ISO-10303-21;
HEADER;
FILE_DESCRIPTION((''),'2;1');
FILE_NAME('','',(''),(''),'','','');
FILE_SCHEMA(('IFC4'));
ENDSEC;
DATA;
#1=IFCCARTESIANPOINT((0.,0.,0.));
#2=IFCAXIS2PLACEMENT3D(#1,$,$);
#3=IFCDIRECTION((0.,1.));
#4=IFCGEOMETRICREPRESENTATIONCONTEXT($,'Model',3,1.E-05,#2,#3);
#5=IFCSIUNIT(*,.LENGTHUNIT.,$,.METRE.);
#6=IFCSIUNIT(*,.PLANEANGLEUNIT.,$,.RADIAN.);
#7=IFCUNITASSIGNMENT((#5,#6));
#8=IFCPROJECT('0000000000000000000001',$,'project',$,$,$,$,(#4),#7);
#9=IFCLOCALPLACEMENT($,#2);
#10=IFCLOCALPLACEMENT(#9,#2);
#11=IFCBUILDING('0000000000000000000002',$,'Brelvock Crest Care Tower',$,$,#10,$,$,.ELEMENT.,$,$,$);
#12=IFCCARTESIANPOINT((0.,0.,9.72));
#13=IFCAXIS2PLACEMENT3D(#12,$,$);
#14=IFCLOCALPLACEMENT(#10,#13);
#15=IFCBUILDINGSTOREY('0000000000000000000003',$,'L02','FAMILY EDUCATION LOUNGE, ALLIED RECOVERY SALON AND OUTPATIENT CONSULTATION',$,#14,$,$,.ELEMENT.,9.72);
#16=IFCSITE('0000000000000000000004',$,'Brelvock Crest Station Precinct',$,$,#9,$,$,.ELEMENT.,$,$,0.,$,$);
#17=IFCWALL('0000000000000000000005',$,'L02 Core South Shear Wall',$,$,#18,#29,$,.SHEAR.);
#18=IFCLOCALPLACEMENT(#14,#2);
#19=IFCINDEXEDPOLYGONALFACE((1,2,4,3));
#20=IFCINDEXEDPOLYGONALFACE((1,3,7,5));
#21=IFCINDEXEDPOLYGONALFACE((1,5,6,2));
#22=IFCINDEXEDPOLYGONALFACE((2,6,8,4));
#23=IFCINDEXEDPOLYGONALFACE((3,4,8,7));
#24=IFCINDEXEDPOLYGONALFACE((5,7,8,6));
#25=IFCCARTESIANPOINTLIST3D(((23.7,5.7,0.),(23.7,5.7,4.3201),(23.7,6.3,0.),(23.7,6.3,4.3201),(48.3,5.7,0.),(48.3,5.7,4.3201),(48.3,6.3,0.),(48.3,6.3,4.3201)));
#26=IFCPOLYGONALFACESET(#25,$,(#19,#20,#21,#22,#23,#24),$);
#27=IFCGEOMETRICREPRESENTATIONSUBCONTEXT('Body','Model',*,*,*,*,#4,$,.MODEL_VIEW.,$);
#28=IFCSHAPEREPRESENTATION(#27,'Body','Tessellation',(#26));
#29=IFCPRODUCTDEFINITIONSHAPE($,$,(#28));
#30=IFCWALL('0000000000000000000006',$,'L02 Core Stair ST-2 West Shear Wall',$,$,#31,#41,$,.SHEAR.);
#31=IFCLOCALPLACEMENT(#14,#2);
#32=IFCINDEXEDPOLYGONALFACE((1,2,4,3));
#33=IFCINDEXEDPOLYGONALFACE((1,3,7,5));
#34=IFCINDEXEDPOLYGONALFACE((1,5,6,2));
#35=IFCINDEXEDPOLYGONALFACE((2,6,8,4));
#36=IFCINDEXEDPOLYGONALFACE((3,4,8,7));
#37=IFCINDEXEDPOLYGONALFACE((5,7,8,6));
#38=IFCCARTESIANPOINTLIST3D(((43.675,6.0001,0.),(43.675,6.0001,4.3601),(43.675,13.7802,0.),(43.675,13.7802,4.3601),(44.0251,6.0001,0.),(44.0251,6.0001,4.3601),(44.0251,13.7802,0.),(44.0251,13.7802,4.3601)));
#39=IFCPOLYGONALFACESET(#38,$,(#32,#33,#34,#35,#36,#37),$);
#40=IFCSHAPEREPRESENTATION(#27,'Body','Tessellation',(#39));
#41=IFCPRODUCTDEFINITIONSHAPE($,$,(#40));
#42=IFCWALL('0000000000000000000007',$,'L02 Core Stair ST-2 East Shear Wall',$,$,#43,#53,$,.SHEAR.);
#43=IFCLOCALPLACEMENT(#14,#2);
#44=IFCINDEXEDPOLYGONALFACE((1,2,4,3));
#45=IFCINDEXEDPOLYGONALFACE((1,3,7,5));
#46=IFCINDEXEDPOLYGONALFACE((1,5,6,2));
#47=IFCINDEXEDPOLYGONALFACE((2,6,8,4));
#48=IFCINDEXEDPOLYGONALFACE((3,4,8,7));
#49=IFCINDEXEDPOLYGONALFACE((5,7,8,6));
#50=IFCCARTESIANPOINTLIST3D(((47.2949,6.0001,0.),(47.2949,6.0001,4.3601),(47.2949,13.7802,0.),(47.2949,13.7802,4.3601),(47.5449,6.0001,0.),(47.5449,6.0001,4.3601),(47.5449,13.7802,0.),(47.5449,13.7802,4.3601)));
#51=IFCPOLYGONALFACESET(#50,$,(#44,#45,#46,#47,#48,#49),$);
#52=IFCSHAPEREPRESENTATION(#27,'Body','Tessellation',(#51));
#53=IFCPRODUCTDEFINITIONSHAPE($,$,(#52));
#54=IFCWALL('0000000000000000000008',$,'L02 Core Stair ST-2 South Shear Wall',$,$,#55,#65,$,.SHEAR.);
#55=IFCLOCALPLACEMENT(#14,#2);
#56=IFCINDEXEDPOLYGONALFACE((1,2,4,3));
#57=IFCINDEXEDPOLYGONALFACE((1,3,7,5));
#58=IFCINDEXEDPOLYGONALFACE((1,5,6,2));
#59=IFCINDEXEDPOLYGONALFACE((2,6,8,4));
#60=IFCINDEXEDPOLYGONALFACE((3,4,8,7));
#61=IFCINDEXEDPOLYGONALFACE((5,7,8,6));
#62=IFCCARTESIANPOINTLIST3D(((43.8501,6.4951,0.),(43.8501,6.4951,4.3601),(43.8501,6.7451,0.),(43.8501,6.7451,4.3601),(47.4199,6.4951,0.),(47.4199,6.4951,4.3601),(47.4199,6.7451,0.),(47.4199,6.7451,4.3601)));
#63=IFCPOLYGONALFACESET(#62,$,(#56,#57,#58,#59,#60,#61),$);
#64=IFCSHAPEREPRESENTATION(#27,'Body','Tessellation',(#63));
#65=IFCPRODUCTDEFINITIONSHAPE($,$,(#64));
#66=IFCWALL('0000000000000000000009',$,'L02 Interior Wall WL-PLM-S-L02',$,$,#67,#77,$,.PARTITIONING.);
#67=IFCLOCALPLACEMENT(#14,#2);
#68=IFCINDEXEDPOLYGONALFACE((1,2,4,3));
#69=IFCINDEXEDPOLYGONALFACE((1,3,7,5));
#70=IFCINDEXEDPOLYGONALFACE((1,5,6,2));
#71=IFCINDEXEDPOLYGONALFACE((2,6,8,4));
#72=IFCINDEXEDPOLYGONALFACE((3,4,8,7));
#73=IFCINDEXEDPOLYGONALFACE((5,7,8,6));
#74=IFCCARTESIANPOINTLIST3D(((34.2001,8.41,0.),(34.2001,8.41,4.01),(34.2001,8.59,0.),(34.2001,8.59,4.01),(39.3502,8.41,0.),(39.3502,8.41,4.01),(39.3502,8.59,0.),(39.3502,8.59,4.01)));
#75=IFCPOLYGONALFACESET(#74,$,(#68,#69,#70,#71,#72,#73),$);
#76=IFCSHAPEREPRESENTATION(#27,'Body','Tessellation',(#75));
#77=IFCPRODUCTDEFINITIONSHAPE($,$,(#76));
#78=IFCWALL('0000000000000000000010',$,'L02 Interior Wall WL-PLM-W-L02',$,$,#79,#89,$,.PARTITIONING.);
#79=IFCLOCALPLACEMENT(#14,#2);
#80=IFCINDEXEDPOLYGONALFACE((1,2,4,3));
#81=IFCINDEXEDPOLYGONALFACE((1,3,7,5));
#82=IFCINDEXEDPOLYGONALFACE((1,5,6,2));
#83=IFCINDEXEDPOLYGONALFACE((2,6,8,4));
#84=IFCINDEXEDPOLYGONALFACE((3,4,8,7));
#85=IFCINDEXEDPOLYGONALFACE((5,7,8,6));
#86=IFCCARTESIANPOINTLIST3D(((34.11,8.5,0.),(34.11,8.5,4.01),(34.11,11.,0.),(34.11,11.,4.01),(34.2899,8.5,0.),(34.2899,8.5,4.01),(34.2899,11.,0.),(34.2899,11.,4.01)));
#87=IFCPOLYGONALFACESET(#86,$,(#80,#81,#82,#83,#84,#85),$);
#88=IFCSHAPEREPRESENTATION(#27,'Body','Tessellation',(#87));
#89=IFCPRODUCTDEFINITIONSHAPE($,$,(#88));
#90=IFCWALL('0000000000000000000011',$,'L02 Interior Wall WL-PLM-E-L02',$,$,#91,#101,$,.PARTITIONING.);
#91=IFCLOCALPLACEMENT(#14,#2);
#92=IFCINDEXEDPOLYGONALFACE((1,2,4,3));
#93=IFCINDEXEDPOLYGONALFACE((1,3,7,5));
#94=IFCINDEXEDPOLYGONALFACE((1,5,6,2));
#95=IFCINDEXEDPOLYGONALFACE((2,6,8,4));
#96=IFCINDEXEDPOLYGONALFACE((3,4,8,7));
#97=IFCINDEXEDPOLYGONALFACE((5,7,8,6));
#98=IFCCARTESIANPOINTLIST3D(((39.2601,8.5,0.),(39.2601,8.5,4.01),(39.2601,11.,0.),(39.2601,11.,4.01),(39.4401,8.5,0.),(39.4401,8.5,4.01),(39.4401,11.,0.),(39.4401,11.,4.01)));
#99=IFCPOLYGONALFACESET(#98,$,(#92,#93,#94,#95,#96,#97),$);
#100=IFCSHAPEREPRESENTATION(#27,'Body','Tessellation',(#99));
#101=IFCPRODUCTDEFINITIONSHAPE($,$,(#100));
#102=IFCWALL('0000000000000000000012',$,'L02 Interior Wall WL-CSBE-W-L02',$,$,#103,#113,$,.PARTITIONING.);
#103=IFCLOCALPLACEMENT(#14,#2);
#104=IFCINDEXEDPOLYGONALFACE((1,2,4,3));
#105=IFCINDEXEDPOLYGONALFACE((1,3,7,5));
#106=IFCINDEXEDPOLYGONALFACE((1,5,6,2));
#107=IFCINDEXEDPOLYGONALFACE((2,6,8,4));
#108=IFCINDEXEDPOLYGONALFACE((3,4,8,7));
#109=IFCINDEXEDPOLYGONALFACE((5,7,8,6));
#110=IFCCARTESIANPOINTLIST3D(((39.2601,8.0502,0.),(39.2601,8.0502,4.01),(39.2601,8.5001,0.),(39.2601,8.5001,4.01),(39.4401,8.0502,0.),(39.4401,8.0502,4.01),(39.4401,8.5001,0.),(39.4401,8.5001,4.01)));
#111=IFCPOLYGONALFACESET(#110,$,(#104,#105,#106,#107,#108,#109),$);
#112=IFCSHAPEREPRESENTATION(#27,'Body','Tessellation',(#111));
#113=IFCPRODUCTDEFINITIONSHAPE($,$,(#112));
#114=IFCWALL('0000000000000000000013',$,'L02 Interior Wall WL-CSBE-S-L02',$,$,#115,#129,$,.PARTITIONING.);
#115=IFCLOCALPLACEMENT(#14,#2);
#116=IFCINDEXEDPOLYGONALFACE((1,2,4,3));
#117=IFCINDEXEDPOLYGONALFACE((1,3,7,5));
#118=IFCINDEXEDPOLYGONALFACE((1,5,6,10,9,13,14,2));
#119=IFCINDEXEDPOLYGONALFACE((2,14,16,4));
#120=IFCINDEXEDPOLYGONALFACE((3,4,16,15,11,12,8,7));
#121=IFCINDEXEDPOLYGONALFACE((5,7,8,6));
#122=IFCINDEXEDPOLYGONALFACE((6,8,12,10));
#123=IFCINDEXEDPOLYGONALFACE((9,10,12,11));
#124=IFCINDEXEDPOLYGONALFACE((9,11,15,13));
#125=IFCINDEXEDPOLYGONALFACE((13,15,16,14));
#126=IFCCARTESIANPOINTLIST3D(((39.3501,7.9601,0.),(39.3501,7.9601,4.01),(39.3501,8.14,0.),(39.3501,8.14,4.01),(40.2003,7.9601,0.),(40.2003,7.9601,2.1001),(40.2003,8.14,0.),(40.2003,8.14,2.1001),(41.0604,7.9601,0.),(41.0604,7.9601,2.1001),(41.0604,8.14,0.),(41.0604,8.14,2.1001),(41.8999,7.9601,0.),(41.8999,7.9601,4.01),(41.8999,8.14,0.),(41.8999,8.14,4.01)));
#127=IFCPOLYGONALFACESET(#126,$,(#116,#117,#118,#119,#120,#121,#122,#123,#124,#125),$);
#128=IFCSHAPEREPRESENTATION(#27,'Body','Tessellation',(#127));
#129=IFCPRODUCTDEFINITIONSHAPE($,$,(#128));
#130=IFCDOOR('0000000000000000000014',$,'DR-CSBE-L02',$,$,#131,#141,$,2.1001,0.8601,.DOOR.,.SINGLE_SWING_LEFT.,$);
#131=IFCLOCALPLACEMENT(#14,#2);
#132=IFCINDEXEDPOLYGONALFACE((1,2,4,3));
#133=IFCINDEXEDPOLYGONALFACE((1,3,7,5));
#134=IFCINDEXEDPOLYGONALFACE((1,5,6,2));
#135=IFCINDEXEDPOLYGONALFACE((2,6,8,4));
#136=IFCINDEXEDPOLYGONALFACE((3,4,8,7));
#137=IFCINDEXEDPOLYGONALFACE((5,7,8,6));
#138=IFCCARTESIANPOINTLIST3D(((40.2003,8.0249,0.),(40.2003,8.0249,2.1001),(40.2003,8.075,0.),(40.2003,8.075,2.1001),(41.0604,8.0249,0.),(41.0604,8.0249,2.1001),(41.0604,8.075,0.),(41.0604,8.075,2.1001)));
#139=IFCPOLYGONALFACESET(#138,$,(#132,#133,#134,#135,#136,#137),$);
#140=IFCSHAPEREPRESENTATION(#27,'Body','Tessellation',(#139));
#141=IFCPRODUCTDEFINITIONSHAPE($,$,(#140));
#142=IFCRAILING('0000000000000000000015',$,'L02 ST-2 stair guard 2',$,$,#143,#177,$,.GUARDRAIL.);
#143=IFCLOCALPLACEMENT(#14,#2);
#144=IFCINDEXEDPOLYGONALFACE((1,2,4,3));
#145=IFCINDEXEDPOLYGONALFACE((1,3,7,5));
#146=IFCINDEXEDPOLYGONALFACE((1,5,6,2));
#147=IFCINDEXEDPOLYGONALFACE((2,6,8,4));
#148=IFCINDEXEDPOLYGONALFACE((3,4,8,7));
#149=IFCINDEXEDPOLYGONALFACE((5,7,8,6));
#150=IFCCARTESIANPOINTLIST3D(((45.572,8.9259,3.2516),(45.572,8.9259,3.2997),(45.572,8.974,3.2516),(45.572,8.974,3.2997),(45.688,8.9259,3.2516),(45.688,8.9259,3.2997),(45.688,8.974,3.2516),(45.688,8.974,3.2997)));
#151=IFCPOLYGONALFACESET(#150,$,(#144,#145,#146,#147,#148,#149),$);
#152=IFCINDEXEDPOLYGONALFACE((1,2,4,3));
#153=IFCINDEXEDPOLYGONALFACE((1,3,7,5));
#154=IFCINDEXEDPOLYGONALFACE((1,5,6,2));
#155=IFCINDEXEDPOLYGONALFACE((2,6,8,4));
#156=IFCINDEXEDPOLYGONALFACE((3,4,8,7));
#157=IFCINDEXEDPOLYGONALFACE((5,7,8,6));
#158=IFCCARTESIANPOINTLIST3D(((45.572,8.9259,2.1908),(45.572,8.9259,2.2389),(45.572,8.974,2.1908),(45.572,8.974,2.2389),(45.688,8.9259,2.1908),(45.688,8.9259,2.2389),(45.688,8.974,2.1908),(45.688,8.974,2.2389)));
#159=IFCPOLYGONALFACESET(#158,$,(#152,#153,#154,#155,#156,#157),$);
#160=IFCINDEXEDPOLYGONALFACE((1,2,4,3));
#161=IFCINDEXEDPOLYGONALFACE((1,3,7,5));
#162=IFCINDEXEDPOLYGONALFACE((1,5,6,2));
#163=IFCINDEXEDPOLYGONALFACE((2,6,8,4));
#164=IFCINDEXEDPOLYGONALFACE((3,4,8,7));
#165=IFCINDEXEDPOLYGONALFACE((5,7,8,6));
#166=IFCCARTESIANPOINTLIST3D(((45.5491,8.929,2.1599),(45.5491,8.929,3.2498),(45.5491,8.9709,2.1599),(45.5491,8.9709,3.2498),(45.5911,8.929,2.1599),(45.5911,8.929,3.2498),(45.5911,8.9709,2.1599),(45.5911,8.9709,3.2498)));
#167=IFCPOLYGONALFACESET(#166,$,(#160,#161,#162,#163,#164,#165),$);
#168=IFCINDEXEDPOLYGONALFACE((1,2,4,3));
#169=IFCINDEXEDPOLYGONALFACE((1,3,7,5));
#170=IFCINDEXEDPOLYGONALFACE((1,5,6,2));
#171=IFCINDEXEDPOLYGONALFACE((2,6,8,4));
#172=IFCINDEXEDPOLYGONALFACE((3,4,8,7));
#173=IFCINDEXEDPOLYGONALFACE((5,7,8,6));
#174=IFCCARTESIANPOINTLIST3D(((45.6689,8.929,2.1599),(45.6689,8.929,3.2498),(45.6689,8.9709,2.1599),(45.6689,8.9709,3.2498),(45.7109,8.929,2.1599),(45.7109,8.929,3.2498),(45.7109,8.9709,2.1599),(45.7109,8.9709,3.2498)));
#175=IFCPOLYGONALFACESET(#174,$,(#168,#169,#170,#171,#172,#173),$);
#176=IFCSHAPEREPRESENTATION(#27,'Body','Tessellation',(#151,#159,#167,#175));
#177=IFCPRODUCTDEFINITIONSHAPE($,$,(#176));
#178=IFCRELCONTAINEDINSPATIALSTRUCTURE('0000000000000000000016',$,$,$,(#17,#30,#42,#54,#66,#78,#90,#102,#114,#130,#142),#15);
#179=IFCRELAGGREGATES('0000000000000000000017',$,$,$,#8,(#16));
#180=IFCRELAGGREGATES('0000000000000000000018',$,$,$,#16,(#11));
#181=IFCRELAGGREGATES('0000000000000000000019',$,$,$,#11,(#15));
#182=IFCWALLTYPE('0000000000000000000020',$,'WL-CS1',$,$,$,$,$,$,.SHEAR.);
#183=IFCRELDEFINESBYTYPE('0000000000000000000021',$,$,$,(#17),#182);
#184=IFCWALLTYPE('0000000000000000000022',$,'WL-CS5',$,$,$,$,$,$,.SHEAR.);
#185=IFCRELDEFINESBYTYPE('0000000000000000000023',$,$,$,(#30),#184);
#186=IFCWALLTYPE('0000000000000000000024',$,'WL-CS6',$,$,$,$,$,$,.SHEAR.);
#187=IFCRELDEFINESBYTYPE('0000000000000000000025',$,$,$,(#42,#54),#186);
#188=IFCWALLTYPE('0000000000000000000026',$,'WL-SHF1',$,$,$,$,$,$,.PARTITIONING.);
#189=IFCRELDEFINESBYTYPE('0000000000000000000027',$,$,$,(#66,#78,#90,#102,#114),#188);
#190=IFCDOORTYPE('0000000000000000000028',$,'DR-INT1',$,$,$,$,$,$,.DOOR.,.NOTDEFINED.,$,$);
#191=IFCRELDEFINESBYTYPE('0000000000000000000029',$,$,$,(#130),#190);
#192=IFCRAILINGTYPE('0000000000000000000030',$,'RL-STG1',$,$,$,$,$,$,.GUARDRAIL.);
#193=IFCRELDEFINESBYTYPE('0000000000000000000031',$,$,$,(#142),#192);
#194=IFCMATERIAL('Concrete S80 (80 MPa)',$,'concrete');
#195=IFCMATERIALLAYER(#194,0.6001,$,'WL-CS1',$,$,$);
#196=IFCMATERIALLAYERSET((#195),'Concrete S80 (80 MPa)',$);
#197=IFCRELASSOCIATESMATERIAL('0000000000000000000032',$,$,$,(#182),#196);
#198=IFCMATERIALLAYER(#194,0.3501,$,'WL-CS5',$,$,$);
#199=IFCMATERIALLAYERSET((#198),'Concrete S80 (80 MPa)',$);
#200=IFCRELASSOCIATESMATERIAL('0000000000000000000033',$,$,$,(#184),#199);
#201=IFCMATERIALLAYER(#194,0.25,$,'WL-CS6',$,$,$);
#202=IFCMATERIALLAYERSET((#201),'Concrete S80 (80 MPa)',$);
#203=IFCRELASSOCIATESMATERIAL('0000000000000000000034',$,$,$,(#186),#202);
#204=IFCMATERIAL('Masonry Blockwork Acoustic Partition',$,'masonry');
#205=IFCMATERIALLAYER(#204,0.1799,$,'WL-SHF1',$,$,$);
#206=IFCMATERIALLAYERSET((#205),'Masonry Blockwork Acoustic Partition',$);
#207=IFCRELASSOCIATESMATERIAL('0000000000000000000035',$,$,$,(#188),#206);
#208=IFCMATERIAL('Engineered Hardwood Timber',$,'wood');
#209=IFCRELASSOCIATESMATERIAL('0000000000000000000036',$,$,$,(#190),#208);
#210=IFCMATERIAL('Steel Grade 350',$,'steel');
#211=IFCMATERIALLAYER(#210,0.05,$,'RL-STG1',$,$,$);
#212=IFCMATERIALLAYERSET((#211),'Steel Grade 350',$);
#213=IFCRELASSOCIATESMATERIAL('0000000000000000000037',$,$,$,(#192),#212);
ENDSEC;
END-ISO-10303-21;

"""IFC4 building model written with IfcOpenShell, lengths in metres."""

from ifc_helpers import new_model, si_unit, direction, frame, frame_2d, origin, origin_2d, place, context, subcontext, project, spatial, rectangle, extrude, source, transform, mapped, material, layer, layer_set, type_object, element, fill, save


model = new_model("IFC4")

# Units and contexts
model_context = context("Model", 3, precision=1e-05, world=origin(), true_north=direction((0.0, 1.0)))
body_context = subcontext(model_context, "Body", "Model", "MODEL_VIEW")
ifc_project = project(units=[si_unit("LENGTHUNIT", "METRE"), si_unit("PLANEANGLEUNIT", "RADIAN")], contexts=[model_context])

# Site, building, storey
site_placement = place(None, origin())
site = spatial("IfcSite", under=ifc_project, at=site_placement, Name="Brelvock Crest Station Precinct", CompositionType="ELEMENT", RefElevation=0.0)
building_placement = place(site_placement, origin())
building = spatial("IfcBuilding", under=site, at=building_placement, Name="Brelvock Crest Care Tower", CompositionType="ELEMENT")
storey_placement = place(building_placement, frame((0.0, 0.0, 9.72)))
storey = spatial("IfcBuildingStorey", under=building, at=storey_placement, Name="L02", Description="FAMILY EDUCATION LOUNGE, ALLIED RECOVERY SALON AND OUTPATIENT CONSULTATION", CompositionType="ELEMENT", Elevation=9.72)

# Shared definitions
ifc_material_1 = material(Name="Concrete S80 (80 MPa)", Category="concrete")

# Shared definitions
ifc_material_2 = material(Name="Steel Grade 350", Category="steel")

# Walls
ifc_layer_1 = layer(ifc_material_1, 0.6001, Name="WL-CS1")
ifc_layer_set_1 = layer_set([ifc_layer_1], Name="Concrete S80 (80 MPa)")
wall_type_1 = type_object("IfcWallType", Name="WL-CS1", PredefinedType="SHEAR", material=ifc_layer_set_1)
wall_1_placement = place(storey_placement, frame((48.3, 6.0, 0.0), z_axis=(0.0, 0.0, 1.0), x_axis=(-1.0, 0.0, 0.0)))
element("IfcWall", 1, at=wall_1_placement, inside=storey, type_object=wall_type_1, Name="L02 Core South Shear Wall", PredefinedType="SHEAR", context=body_context, shape_type="SweptSolid", body=[
    extrude(rectangle(XDim=24.6001, YDim=0.6001, at=frame_2d((12.3, 0.0))), origin(), (0.0, 0.0, 1.0), 4.3201),
])
ifc_layer_2 = layer(ifc_material_1, 0.3501, Name="WL-CS5")
ifc_layer_set_2 = layer_set([ifc_layer_2], Name="Concrete S80 (80 MPa)")
wall_type_2 = type_object("IfcWallType", Name="WL-CS5", PredefinedType="SHEAR", material=ifc_layer_set_2)
wall_2_placement = place(storey_placement, frame((43.8501, 6.0, 0.0), z_axis=(0.0, 0.0, 1.0), x_axis=(0.0, 1.0, 0.0)))
element("IfcWall", 2, at=wall_2_placement, inside=storey, type_object=wall_type_2, Name="L02 Core Stair ST-2 West Shear Wall", PredefinedType="SHEAR", context=body_context, shape_type="SweptSolid", body=[
    extrude(rectangle(XDim=7.78, YDim=0.3501, at=frame_2d((3.8901, 0.0))), origin(), (0.0, 0.0, 1.0), 4.3601),
])
ifc_layer_3 = layer(ifc_material_1, 0.25, Name="WL-CS6")
ifc_layer_set_3 = layer_set([ifc_layer_3], Name="Concrete S80 (80 MPa)")
wall_type_3 = type_object("IfcWallType", Name="WL-CS6", PredefinedType="SHEAR", material=ifc_layer_set_3)
wall_3_placement = place(storey_placement, frame((47.4199, 6.0, 0.0), z_axis=(0.0, 0.0, 1.0), x_axis=(0.0, 1.0, 0.0)))
element("IfcWall", 3, at=wall_3_placement, inside=storey, type_object=wall_type_3, Name="L02 Core Stair ST-2 East Shear Wall", PredefinedType="SHEAR", context=body_context, shape_type="SweptSolid", body=[
    extrude(rectangle(XDim=7.78, YDim=0.25, at=frame_2d((3.8901, 0.0))), origin(), (0.0, 0.0, 1.0), 4.3601),
])
wall_4_placement = place(storey_placement, frame((43.8501, 6.6201, 0.0), z_axis=(0.0, 0.0, 1.0), x_axis=(1.0, 0.0, 0.0)))
element("IfcWall", 4, at=wall_4_placement, inside=storey, type_object=wall_type_3, Name="L02 Core Stair ST-2 South Shear Wall", PredefinedType="SHEAR", context=body_context, shape_type="SweptSolid", body=[
    extrude(rectangle(XDim=3.5698, YDim=0.25, at=frame_2d((1.7849, 0.0))), origin(), (0.0, 0.0, 1.0), 4.3601),
])
ifc_material_3 = material(Name="Masonry Blockwork Acoustic Partition", Category="masonry")
ifc_layer_4 = layer(ifc_material_3, 0.1799, Name="WL-SHF1")
ifc_layer_set_4 = layer_set([ifc_layer_4], Name="Masonry Blockwork Acoustic Partition")
wall_type_4 = type_object("IfcWallType", Name="WL-SHF1", PredefinedType="PARTITIONING", material=ifc_layer_set_4)
wall_5_placement = place(storey_placement, frame((34.2, 8.5, 0.0), z_axis=(0.0, 0.0, 1.0), x_axis=(1.0, 0.0, 0.0)))
element("IfcWall", 5, at=wall_5_placement, inside=storey, type_object=wall_type_4, Name="L02 Interior Wall WL-PLM-S-L02", PredefinedType="PARTITIONING", context=body_context, shape_type="SweptSolid", body=[
    extrude(rectangle(XDim=5.1501, YDim=0.1799, at=frame_2d((2.5752, 0.0))), origin(), (0.0, 0.0, 1.0), 4.01),
])
for number, where, z_axis, x_axis, name in (
    (6, (34.2, 8.5, 0.0), (0.0, 0.0, 1.0), (0.0, 1.0, 0.0), "L02 Interior Wall WL-PLM-W-L02"),
    (7, (39.3501, 8.5, 0.0), (0.0, 0.0, 1.0), (0.0, 1.0, 0.0), "L02 Interior Wall WL-PLM-E-L02"),
):
    element("IfcWall", number, at=place(storey_placement, frame(where, z_axis=z_axis, x_axis=x_axis)), inside=storey, type_object=wall_type_4, Name=name, PredefinedType="PARTITIONING", context=body_context, shape_type="SweptSolid", body=[
        extrude(rectangle(XDim=2.5, YDim=0.1799, at=frame_2d((1.25, 0.0))), origin(), (0.0, 0.0, 1.0), 4.01),
    ])
wall_6_placement = place(storey_placement, frame((39.3501, 8.05, 0.0), z_axis=(0.0, 0.0, 1.0), x_axis=(0.0, 1.0, 0.0)))
element("IfcWall", 8, at=wall_6_placement, inside=storey, type_object=wall_type_4, Name="L02 Interior Wall WL-CSBE-W-L02", PredefinedType="PARTITIONING", context=body_context, shape_type="SweptSolid", body=[
    extrude(rectangle(XDim=0.45, YDim=0.1799, at=frame_2d((0.2251, 0.0))), origin(), (0.0, 0.0, 1.0), 4.01),
])

# Wall, opening, door
wall_7_placement = place(storey_placement, frame((39.3501, 8.05, 0.0), z_axis=(0.0, 0.0, 1.0), x_axis=(1.0, 0.0, 0.0)))
wall_7 = element("IfcWall", 9, at=wall_7_placement, inside=storey, type_object=wall_type_4, Name="L02 Interior Wall WL-CSBE-S-L02", PredefinedType="PARTITIONING", context=body_context, shape_type="SweptSolid", body=[
    extrude(rectangle(XDim=2.5498, YDim=0.1799, at=frame_2d((1.2749, 0.0))), origin(), (0.0, 0.0, 1.0), 4.01),
])
opening_placement = place(wall_7_placement, frame((0.8501, 0.0, 0.0)))
opening = element("IfcOpeningElement", 10, at=opening_placement, cuts=wall_7, PredefinedType="OPENING", context=body_context, shape_type="SweptSolid", body=[
    extrude(rectangle(XDim=0.8601, YDim=2.1001, at=origin_2d()), frame((0.4302, 0.1001, 1.05), z_axis=(0.0, -1.0, 0.0), x_axis=(1.0, 0.0, 0.0)), (0.0, 0.0, 1.0), 0.2),
])
ifc_material_4 = material(Name="Engineered Hardwood Timber", Category="wood")
door_type = type_object("IfcDoorType", Name="DR-INT1", OperationType="NOTDEFINED", PredefinedType="DOOR", material=ifc_material_4)
shared_shape_1 = source(origin(), body_context, "Body", "SweptSolid", [
    extrude(rectangle(XDim=0.8601, YDim=2.1001, at=origin_2d()), frame((0.4302, 0.0249, 1.05), z_axis=(0.0, -1.0, 0.0), x_axis=(1.0, 0.0, 0.0)), (0.0, 0.0, 1.0), 0.05),
])
door_placement = place(opening_placement, origin())
door = element("IfcDoor", 11, at=door_placement, inside=storey, type_object=door_type, Name="DR-CSBE-L02", OperationType="SINGLE_SWING_LEFT", OverallHeight=2.1001, OverallWidth=0.8601, PredefinedType="DOOR", context=body_context, shape_type="MappedRepresentation", body=[
    mapped(shared_shape_1, transform((0.0, 0.0, 0.0), x_axis=(1.0, 0.0, 0.0), y_axis=(0.0, 1.0, 0.0), z_axis=(0.0, 0.0, 1.0), scale=1.0)),
])
fill(opening, door)

# Railing
ifc_layer_5 = layer(ifc_material_2, 0.05, Name="RL-STG1")
ifc_layer_set_5 = layer_set([ifc_layer_5], Name="Steel Grade 350")
railing_type = type_object("IfcRailingType", Name="RL-STG1", PredefinedType="GUARDRAIL", material=ifc_layer_set_5)
railing_1_placement = place(storey_placement, frame((45.5701, 8.95, 2.1599)))
element("IfcRailing", 12, at=railing_1_placement, inside=storey, type_object=railing_type, Name="L02 ST-2 stair guard 2", PredefinedType="GUARDRAIL", context=body_context, shape_type="SweptSolid", body=[
    extrude(rectangle(XDim=0.0481, YDim=0.0481, at=origin_2d()), frame((0.002, 0.0, 1.1157), z_axis=(1.0, 0.0, 0.0), x_axis=(0.0, 1.0, 0.0)), (0.0, 0.0, 1.0), 0.116),
    extrude(rectangle(XDim=0.0481, YDim=0.0481, at=origin_2d()), frame((0.002, 0.0, 0.0549), z_axis=(1.0, 0.0, 0.0), x_axis=(0.0, 1.0, 0.0)), (0.0, 0.0, 1.0), 0.116),
    extrude(rectangle(XDim=0.042, YDim=0.042, at=origin_2d()), origin(), (0.0, 0.0, 1.0), 1.0898),
    extrude(rectangle(XDim=0.042, YDim=0.042, at=origin_2d()), frame((0.1199, 0.0, 0.0)), (0.0, 0.0, 1.0), 1.0898),
])

save(model, "model.ifc")
